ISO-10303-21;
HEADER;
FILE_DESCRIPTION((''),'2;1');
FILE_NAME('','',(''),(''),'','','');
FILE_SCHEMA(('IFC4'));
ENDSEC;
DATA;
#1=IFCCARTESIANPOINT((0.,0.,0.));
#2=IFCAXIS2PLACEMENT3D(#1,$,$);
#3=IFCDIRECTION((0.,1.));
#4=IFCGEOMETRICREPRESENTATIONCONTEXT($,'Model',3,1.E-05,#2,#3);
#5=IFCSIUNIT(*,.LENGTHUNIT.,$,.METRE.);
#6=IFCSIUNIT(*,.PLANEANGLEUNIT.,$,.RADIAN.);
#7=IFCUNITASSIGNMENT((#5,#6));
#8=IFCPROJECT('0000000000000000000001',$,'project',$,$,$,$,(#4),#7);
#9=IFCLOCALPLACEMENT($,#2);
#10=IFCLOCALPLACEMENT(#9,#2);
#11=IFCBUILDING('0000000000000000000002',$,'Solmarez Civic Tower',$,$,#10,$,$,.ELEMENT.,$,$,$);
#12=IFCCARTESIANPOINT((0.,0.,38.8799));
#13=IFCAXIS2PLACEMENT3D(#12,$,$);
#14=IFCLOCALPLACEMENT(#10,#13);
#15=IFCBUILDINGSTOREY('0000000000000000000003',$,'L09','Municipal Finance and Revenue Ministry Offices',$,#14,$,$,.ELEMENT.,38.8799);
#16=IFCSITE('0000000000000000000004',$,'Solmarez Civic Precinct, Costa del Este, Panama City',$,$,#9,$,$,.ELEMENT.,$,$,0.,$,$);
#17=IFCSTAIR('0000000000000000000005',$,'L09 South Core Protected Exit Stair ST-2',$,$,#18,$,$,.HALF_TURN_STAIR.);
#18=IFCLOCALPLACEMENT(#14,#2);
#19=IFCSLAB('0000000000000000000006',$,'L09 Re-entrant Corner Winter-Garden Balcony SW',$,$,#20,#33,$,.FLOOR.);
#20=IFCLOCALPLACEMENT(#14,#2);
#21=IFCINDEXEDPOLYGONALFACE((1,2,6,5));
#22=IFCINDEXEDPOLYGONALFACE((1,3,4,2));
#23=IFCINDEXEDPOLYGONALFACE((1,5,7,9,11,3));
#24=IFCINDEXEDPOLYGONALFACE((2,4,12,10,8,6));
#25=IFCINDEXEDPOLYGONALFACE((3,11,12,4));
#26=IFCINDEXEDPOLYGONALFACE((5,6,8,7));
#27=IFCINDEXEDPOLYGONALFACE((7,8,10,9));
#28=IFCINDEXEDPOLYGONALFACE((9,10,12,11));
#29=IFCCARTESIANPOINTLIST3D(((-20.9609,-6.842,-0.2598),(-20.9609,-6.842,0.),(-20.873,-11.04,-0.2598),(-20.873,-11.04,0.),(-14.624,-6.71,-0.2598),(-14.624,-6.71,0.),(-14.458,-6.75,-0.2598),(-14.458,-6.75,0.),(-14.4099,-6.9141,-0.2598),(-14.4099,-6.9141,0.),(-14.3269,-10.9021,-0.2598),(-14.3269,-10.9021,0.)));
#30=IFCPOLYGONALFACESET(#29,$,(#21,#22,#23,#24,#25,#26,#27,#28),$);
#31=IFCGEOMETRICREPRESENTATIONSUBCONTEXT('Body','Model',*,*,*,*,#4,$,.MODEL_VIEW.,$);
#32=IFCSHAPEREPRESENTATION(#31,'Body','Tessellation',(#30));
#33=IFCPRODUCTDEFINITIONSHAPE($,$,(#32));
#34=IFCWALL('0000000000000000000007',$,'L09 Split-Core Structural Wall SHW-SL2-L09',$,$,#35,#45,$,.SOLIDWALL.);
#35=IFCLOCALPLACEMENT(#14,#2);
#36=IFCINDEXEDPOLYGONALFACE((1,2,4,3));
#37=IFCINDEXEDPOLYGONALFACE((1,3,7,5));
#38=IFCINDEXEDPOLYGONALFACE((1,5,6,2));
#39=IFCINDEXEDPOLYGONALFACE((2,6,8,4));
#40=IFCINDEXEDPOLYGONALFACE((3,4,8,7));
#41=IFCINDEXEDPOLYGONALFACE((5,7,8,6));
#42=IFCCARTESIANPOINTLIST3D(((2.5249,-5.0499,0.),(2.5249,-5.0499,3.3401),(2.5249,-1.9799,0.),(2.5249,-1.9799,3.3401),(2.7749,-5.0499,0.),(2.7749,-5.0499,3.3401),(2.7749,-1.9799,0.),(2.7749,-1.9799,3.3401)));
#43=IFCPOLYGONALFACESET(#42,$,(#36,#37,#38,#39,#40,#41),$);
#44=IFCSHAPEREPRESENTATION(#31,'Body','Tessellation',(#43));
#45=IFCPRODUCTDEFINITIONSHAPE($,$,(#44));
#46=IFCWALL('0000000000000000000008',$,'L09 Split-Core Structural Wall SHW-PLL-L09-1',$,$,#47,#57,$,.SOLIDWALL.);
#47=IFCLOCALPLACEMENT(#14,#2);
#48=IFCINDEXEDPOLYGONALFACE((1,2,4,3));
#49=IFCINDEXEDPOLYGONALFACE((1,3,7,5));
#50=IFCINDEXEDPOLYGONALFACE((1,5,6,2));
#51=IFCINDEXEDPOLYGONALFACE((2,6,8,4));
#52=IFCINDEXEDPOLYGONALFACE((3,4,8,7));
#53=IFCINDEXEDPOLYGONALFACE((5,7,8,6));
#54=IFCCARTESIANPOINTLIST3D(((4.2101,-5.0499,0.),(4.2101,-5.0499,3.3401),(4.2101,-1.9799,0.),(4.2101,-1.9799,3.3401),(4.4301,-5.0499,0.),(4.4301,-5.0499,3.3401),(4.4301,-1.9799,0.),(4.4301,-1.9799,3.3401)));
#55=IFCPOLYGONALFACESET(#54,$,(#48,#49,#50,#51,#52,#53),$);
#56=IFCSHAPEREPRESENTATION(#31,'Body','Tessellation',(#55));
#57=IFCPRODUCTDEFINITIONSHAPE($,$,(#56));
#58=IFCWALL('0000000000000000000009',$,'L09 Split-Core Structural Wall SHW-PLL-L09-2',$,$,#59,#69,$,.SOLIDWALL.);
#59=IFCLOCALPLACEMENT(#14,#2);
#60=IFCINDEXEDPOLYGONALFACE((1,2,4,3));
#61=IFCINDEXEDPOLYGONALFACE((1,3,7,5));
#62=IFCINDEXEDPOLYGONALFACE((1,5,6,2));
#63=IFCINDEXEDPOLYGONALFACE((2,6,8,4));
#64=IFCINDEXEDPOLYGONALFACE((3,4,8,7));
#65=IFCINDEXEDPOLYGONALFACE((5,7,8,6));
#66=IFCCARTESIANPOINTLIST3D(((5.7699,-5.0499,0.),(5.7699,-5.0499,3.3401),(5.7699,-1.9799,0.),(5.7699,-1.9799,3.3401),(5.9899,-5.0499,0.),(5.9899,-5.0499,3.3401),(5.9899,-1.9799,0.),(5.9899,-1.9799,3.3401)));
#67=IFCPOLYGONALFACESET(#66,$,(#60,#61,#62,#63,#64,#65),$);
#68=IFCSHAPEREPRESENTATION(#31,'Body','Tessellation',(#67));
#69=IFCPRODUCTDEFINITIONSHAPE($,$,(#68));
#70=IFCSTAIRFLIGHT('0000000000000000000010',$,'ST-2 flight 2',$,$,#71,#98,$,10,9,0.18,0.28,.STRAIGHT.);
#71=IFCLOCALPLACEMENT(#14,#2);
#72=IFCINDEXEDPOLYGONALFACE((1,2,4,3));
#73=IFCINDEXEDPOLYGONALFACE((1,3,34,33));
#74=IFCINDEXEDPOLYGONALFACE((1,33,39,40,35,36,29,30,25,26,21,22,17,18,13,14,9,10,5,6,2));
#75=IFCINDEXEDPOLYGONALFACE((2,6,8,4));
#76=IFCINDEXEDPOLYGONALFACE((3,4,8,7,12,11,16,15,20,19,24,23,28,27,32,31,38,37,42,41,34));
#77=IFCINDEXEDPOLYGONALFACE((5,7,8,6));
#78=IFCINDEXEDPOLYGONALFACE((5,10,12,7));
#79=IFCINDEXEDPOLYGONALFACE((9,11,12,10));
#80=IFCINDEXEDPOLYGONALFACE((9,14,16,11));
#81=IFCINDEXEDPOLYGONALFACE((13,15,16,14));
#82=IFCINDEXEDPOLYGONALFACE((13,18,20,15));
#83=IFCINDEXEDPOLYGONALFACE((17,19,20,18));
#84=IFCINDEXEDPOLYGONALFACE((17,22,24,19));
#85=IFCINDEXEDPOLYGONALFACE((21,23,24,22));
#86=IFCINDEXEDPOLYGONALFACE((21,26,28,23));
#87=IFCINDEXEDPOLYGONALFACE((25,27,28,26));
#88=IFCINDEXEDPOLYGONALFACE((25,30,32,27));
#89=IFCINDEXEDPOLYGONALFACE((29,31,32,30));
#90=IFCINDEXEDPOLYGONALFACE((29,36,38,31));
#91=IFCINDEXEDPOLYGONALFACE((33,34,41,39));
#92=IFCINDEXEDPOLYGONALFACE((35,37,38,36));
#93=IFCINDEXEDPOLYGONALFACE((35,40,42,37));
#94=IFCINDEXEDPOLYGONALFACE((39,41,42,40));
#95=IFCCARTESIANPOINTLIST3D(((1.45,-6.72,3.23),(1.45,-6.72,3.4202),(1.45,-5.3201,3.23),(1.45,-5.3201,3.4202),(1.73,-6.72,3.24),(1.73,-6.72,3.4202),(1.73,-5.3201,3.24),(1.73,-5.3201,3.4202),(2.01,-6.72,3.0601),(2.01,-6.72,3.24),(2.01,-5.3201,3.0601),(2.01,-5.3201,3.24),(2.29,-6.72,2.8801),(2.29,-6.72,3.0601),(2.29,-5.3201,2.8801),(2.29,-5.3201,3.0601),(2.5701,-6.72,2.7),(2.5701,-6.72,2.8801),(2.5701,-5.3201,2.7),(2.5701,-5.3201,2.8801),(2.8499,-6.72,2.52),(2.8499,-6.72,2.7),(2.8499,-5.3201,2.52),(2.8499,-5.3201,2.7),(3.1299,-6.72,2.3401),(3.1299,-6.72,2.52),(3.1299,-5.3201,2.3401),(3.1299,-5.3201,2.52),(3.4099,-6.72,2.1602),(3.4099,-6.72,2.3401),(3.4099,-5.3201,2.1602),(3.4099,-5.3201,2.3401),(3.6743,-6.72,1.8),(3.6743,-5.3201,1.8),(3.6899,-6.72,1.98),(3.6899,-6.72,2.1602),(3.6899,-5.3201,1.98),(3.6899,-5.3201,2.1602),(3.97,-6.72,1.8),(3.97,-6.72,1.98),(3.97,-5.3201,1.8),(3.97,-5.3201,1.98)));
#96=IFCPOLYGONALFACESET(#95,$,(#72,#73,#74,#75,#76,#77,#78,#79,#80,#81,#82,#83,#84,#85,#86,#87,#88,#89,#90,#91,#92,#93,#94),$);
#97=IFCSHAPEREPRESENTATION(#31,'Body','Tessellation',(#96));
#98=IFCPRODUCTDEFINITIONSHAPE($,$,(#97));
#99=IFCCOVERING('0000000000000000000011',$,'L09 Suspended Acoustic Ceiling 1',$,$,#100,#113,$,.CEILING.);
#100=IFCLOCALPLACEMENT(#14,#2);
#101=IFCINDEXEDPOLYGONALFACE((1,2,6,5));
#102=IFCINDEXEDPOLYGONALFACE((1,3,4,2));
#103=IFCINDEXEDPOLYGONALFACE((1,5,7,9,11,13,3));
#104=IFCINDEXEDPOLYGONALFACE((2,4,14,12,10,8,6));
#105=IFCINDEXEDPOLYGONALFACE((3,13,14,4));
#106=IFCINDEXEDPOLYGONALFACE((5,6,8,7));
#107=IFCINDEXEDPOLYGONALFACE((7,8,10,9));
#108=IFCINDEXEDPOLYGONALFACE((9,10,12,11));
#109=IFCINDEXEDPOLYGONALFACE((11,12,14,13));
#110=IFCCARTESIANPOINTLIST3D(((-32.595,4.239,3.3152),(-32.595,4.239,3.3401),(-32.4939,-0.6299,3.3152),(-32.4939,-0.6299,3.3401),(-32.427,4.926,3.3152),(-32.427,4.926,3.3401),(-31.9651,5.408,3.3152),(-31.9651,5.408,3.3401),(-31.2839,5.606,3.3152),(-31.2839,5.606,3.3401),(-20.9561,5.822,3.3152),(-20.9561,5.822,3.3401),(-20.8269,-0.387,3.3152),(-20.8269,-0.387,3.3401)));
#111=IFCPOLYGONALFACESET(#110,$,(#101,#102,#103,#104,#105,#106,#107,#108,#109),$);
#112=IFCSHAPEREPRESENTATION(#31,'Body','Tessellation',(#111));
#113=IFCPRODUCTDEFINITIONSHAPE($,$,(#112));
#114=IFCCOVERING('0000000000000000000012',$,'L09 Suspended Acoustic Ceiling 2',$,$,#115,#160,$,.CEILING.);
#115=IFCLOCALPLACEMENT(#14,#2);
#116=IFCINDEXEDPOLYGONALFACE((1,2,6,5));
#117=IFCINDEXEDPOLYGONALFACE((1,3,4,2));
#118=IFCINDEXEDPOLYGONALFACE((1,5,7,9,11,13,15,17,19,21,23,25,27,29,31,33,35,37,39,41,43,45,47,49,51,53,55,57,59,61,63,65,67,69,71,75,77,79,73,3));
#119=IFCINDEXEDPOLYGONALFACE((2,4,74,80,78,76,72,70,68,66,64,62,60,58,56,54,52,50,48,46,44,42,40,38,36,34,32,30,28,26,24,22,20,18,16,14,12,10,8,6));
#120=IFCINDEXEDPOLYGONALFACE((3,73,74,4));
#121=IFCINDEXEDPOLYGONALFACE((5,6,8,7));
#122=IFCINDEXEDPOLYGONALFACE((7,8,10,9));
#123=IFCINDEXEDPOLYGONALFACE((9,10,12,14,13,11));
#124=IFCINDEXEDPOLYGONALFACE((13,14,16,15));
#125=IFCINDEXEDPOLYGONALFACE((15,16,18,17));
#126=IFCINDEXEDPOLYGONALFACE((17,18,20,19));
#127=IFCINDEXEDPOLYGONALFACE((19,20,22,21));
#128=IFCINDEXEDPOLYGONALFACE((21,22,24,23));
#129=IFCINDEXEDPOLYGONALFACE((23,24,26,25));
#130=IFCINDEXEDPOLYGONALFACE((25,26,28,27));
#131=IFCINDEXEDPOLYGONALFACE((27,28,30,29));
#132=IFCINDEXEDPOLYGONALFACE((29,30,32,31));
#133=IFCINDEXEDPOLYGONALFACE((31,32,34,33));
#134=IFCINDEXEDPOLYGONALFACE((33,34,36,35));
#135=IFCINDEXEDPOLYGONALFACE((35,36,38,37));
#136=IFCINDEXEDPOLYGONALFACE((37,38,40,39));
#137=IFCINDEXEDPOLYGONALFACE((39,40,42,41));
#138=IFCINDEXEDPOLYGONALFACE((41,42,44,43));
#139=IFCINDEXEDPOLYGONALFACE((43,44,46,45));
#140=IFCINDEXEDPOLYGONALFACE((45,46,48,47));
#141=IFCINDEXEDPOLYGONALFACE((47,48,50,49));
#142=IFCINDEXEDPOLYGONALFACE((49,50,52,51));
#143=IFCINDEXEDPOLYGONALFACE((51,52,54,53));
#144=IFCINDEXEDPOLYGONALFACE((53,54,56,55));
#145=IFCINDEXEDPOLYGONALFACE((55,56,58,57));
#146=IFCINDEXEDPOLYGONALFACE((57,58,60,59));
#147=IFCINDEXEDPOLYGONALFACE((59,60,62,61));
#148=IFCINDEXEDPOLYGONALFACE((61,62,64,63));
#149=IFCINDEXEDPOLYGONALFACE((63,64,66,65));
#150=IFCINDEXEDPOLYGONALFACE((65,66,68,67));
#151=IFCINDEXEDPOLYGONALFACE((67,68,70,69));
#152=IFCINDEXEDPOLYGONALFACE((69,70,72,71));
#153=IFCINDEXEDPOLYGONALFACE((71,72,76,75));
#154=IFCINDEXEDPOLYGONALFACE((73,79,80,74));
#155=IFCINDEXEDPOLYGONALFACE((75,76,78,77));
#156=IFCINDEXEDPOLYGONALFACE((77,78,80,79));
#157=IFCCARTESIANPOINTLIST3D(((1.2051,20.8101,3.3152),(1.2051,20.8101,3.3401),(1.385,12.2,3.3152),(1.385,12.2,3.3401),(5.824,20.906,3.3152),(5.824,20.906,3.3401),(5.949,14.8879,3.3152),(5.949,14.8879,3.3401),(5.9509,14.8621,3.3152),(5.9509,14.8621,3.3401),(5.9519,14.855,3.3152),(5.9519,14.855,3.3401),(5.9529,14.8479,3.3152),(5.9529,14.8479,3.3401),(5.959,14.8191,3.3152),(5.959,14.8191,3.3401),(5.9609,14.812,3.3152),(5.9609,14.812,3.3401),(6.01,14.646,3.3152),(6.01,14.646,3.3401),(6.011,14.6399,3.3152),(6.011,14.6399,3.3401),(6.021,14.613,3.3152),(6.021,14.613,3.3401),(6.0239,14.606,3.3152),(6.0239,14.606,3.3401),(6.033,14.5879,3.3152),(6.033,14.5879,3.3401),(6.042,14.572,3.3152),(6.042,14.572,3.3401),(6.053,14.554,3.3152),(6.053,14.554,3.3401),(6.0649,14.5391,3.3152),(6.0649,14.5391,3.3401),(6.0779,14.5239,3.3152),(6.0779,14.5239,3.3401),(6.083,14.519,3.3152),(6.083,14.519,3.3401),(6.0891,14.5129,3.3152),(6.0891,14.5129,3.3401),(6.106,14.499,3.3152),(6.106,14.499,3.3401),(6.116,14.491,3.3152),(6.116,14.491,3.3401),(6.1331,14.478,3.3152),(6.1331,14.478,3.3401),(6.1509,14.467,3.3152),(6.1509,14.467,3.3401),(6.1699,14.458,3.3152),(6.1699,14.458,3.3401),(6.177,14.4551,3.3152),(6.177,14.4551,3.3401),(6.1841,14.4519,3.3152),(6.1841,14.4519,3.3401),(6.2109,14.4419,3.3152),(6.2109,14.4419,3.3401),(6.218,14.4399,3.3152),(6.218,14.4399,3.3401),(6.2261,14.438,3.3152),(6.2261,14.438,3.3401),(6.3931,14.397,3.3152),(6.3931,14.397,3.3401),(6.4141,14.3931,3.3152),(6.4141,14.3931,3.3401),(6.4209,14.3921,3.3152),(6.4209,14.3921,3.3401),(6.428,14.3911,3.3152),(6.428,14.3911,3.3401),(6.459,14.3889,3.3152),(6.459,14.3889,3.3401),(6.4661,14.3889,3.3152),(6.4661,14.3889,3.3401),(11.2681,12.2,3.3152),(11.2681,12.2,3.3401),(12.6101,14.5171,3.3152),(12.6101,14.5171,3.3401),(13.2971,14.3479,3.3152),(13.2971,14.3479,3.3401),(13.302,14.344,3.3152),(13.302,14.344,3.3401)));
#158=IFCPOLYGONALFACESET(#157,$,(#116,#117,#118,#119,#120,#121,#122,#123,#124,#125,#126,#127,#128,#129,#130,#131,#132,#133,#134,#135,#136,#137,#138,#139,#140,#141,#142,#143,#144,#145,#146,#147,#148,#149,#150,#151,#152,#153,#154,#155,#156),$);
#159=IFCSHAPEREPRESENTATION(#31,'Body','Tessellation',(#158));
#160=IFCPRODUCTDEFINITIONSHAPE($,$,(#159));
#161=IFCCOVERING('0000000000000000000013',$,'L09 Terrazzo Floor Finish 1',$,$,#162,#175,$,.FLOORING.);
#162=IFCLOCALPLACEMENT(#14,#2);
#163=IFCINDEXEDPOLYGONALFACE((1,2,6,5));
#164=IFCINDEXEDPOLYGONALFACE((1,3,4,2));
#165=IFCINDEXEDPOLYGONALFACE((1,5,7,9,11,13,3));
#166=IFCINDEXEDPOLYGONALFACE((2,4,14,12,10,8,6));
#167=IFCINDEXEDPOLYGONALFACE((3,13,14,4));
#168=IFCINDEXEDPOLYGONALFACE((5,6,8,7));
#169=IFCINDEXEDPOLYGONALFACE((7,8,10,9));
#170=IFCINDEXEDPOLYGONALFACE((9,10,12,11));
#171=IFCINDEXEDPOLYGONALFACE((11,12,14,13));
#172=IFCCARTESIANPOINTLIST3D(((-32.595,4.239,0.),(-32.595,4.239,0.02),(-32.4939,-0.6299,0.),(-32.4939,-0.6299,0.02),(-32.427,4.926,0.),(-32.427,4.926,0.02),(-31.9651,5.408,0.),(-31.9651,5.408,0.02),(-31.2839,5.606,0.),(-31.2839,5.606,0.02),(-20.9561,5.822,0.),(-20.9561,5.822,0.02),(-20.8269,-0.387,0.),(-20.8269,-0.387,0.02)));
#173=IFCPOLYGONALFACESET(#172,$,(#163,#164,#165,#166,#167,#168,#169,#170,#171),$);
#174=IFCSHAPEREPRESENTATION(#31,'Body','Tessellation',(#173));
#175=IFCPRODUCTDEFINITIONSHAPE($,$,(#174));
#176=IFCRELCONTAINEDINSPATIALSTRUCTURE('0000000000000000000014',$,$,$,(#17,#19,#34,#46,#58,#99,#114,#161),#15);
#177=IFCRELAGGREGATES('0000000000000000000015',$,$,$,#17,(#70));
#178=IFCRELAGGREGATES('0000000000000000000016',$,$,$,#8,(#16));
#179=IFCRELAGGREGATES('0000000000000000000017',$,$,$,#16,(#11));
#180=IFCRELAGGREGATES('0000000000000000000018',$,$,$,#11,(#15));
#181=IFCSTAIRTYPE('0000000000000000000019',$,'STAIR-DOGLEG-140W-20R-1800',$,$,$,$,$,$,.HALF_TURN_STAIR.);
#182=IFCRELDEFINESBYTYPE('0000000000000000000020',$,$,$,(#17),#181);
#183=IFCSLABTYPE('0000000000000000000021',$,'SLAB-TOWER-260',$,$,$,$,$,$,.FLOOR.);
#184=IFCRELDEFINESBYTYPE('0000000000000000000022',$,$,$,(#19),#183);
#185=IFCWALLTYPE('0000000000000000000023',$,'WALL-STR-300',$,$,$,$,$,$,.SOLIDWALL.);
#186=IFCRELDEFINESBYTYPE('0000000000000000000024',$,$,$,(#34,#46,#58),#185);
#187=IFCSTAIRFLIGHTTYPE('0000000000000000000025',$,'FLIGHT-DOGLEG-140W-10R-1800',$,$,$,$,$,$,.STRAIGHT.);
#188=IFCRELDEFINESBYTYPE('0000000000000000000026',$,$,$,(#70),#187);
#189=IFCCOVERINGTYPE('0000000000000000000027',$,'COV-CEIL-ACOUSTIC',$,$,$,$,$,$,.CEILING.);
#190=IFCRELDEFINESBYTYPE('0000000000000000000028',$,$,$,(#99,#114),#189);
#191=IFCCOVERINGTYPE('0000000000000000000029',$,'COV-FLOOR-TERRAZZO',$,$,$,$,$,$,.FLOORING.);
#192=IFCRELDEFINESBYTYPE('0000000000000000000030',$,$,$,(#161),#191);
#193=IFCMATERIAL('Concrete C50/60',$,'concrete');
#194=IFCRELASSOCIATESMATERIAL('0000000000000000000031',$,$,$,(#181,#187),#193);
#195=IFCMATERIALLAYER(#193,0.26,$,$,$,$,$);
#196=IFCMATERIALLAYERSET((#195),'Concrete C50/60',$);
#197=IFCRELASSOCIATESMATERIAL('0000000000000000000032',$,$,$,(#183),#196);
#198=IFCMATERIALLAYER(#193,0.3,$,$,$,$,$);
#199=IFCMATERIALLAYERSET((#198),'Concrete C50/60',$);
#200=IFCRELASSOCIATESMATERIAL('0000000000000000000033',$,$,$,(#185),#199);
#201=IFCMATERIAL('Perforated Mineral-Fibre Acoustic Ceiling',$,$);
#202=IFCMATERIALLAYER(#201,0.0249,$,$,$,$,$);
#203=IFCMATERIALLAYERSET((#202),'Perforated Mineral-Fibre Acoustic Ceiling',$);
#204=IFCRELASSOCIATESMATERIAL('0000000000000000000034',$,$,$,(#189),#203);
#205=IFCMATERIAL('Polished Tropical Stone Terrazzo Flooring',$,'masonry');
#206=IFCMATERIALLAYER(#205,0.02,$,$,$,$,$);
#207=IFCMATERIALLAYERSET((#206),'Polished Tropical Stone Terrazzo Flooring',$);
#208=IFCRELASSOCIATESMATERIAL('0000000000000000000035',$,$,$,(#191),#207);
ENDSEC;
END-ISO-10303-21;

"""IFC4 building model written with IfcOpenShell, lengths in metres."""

from ifc_helpers import new_model, si_unit, direction, frame, frame_2d, origin, place, context, subcontext, project, spatial, polyline, rectangle, outline, extrude, material, layer, layer_set, type_object, element, aggregate, save


model = new_model("IFC4")

# Units and contexts
model_context = context("Model", 3, precision=1e-05, world=origin(), true_north=direction((0.0, 1.0)))
body_context = subcontext(model_context, "Body", "Model", "MODEL_VIEW")
ifc_project = project(units=[si_unit("LENGTHUNIT", "METRE"), si_unit("PLANEANGLEUNIT", "RADIAN")], contexts=[model_context])

# Site, building, storey
site_placement = place(None, origin())
site = spatial("IfcSite", under=ifc_project, at=site_placement, Name="Solmarez Civic Precinct, Costa del Este, Panama City", CompositionType="ELEMENT", RefElevation=0.0)
building_placement = place(site_placement, origin())
building = spatial("IfcBuilding", under=site, at=building_placement, Name="Solmarez Civic Tower", CompositionType="ELEMENT")
storey_placement = place(building_placement, frame((0.0, 0.0, 38.8799)))
storey = spatial("IfcBuildingStorey", under=building, at=storey_placement, Name="L09", Description="Municipal Finance and Revenue Ministry Offices", CompositionType="ELEMENT", Elevation=38.8799)

# Stair
ifc_material_1 = material(Name="Concrete C50/60", Category="concrete")
stair_type = type_object("IfcStairType", Name="STAIR-DOGLEG-140W-20R-1800", PredefinedType="HALF_TURN_STAIR", material=ifc_material_1)
stair_1_placement = place(storey_placement, origin())
stair_1 = element("IfcStair", 1, at=stair_1_placement, inside=storey, type_object=stair_type, Name="L09 South Core Protected Exit Stair ST-2", PredefinedType="HALF_TURN_STAIR")

# Slab
ifc_layer_1 = layer(ifc_material_1, 0.26)
ifc_layer_set_1 = layer_set([ifc_layer_1], Name="Concrete C50/60")
slab_type_1 = type_object("IfcSlabType", Name="SLAB-TOWER-260", PredefinedType="FLOOR", material=ifc_layer_set_1)
slab_1_placement = place(storey_placement, frame((0.0, 0.0, -0.2598)))
element("IfcSlab", 2, at=slab_1_placement, inside=storey, type_object=slab_type_1, Name="L09 Re-entrant Corner Winter-Garden Balcony SW", PredefinedType="FLOOR", context=body_context, shape_type="SweptSolid", body=[
    extrude(outline(polyline([(-14.3269, -10.9021), (-14.4099, -6.9141), (-14.458, -6.75), (-14.624, -6.71), (-20.9609, -6.842), (-20.873, -11.04), (-14.3269, -10.9021)])), origin(), (0.0, 0.0, 1.0), 0.2598),
])

# Walls
ifc_layer_2 = layer(ifc_material_1, 0.3)
ifc_layer_set_2 = layer_set([ifc_layer_2], Name="Concrete C50/60")
wall_type = type_object("IfcWallType", Name="WALL-STR-300", PredefinedType="SOLIDWALL", material=ifc_layer_set_2)
wall_placement = place(storey_placement, frame((2.6499, -5.05, 0.0), z_axis=(0.0, 0.0, 1.0), x_axis=(0.0, 1.0, 0.0)))
element("IfcWall", 3, at=wall_placement, inside=storey, type_object=wall_type, Name="L09 Split-Core Structural Wall SHW-SL2-L09", PredefinedType="SOLIDWALL", context=body_context, shape_type="SweptSolid", body=[
    extrude(rectangle(XDim=3.0701, YDim=0.25, at=frame_2d((1.5352, 0.0))), origin(), (0.0, 0.0, 1.0), 3.3401),
])
for number, where, z_axis, x_axis, name in (
    (4, (4.3201, -5.05, 0.0), (0.0, 0.0, 1.0), (0.0, 1.0, 0.0), "L09 Split-Core Structural Wall SHW-PLL-L09-1"),
    (5, (5.8799, -5.05, 0.0), (0.0, 0.0, 1.0), (0.0, 1.0, 0.0), "L09 Split-Core Structural Wall SHW-PLL-L09-2"),
):
    element("IfcWall", number, at=place(storey_placement, frame(where, z_axis=z_axis, x_axis=x_axis)), inside=storey, type_object=wall_type, Name=name, PredefinedType="SOLIDWALL", context=body_context, shape_type="SweptSolid", body=[
        extrude(rectangle(XDim=3.0701, YDim=0.22, at=frame_2d((1.5352, 0.0))), origin(), (0.0, 0.0, 1.0), 3.3401),
    ])

# Stair flight
stair_flight_type = type_object("IfcStairFlightType", Name="FLIGHT-DOGLEG-140W-10R-1800", PredefinedType="STRAIGHT", material=ifc_material_1)
stair_flight_placement = place(storey_placement, frame((3.97, -6.02, 1.8), z_axis=(0.0, 0.0, 1.0), x_axis=(-1.0, 0.0, 0.0)))
stair_flight = element("IfcStairFlight", 6, at=stair_flight_placement, type_object=stair_flight_type, Name="ST-2 flight 2", NumberOfRisers=10, NumberOfTreads=9, PredefinedType="STRAIGHT", RiserHeight=0.18, TreadLength=0.28, context=body_context, shape_type="SweptSolid", body=[
    extrude(outline(polyline([(0.0, 0.0), (0.0, 0.1799), (0.28, 0.1799), (0.28, 0.3601), (0.5601, 0.3601), (0.5601, 0.54), (0.8401, 0.54), (0.8401, 0.72), (1.1201, 0.72), (1.1201, 0.8999), (1.3999, 0.8999), (1.3999, 1.0801), (1.6799, 1.0801), (1.6799, 1.26), (1.96, 1.26), (1.96, 1.4399), (2.24, 1.4399), (2.24, 1.6201), (2.52, 1.6201), (2.52, 1.8), (2.52, 1.4299), (0.2957, 0.0), (0.0, 0.0)])), frame((0.0, 0.7, 0.0), z_axis=(0.0, -1.0, 0.0), x_axis=(1.0, 0.0, 0.0)), (0.0, 0.0, 1.0), 1.3999),
])
aggregate(stair_1, [stair_flight])

# Coverings
ifc_material_2 = material(Name="Perforated Mineral-Fibre Acoustic Ceiling")
ifc_layer_3 = layer(ifc_material_2, 0.0249)
ifc_layer_set_3 = layer_set([ifc_layer_3], Name="Perforated Mineral-Fibre Acoustic Ceiling")
covering_type_1 = type_object("IfcCoveringType", Name="COV-CEIL-ACOUSTIC", PredefinedType="CEILING", material=ifc_layer_set_3)
covering_1_placement = place(storey_placement, frame((0.0, 0.0, 3.3152)))
element("IfcCovering", 7, at=covering_1_placement, inside=storey, type_object=covering_type_1, Name="L09 Suspended Acoustic Ceiling 1", PredefinedType="CEILING", context=body_context, shape_type="SweptSolid", body=[
    extrude(outline(polyline([(-20.9561, 5.822), (-31.2839, 5.606), (-31.9651, 5.408), (-32.427, 4.926), (-32.595, 4.239), (-32.4939, -0.6299), (-20.8269, -0.387), (-20.9561, 5.822)])), origin(), (0.0, 0.0, 1.0), 0.0249),
])
covering_2_placement = place(storey_placement, frame((0.0, 0.0, 3.3152)))
element("IfcCovering", 8, at=covering_2_placement, inside=storey, type_object=covering_type_1, Name="L09 Suspended Acoustic Ceiling 2", PredefinedType="CEILING", context=body_context, shape_type="SweptSolid", body=[
    extrude(outline(polyline([(1.385, 12.2), (11.2681, 12.2), (13.302, 14.344), (13.2971, 14.3479), (12.6101, 14.5171), (6.4661, 14.3889), (6.459, 14.3889), (6.428, 14.3911), (6.4209, 14.3921), (6.4141, 14.3931), (6.3931, 14.397), (6.2261, 14.438), (6.218, 14.4399), (6.2109, 14.4419), (6.1841, 14.4519), (6.177, 14.4551), (6.1699, 14.458), (6.1509, 14.467), (6.1331, 14.478), (6.116, 14.491), (6.106, 14.499), (6.0891, 14.5129), (6.083, 14.519), (6.0779, 14.5239), (6.0649, 14.5391), (6.053, 14.554), (6.042, 14.572), (6.033, 14.5879), (6.0239, 14.606), (6.021, 14.613), (6.011, 14.6399), (6.01, 14.646), (5.9609, 14.812), (5.959, 14.8191), (5.9529, 14.8479), (5.9519, 14.855), (5.9509, 14.8621), (5.949, 14.8879), (5.824, 20.906), (1.2051, 20.8101), (1.385, 12.2)])), origin(), (0.0, 0.0, 1.0), 0.0249),
])
ifc_material_3 = material(Name="Polished Tropical Stone Terrazzo Flooring", Category="masonry")
ifc_layer_4 = layer(ifc_material_3, 0.02)
ifc_layer_set_4 = layer_set([ifc_layer_4], Name="Polished Tropical Stone Terrazzo Flooring")
covering_type_2 = type_object("IfcCoveringType", Name="COV-FLOOR-TERRAZZO", PredefinedType="FLOORING", material=ifc_layer_set_4)
covering_3_placement = place(storey_placement, origin())
element("IfcCovering", 9, at=covering_3_placement, inside=storey, type_object=covering_type_2, Name="L09 Terrazzo Floor Finish 1", PredefinedType="FLOORING", context=body_context, shape_type="SweptSolid", body=[
    extrude(outline(polyline([(-20.9561, 5.822), (-31.2839, 5.606), (-31.9651, 5.408), (-32.427, 4.926), (-32.595, 4.239), (-32.4939, -0.6299), (-20.8269, -0.387), (-20.9561, 5.822)])), origin(), (0.0, 0.0, 1.0), 0.02),
])

save(model, "model.ifc")
